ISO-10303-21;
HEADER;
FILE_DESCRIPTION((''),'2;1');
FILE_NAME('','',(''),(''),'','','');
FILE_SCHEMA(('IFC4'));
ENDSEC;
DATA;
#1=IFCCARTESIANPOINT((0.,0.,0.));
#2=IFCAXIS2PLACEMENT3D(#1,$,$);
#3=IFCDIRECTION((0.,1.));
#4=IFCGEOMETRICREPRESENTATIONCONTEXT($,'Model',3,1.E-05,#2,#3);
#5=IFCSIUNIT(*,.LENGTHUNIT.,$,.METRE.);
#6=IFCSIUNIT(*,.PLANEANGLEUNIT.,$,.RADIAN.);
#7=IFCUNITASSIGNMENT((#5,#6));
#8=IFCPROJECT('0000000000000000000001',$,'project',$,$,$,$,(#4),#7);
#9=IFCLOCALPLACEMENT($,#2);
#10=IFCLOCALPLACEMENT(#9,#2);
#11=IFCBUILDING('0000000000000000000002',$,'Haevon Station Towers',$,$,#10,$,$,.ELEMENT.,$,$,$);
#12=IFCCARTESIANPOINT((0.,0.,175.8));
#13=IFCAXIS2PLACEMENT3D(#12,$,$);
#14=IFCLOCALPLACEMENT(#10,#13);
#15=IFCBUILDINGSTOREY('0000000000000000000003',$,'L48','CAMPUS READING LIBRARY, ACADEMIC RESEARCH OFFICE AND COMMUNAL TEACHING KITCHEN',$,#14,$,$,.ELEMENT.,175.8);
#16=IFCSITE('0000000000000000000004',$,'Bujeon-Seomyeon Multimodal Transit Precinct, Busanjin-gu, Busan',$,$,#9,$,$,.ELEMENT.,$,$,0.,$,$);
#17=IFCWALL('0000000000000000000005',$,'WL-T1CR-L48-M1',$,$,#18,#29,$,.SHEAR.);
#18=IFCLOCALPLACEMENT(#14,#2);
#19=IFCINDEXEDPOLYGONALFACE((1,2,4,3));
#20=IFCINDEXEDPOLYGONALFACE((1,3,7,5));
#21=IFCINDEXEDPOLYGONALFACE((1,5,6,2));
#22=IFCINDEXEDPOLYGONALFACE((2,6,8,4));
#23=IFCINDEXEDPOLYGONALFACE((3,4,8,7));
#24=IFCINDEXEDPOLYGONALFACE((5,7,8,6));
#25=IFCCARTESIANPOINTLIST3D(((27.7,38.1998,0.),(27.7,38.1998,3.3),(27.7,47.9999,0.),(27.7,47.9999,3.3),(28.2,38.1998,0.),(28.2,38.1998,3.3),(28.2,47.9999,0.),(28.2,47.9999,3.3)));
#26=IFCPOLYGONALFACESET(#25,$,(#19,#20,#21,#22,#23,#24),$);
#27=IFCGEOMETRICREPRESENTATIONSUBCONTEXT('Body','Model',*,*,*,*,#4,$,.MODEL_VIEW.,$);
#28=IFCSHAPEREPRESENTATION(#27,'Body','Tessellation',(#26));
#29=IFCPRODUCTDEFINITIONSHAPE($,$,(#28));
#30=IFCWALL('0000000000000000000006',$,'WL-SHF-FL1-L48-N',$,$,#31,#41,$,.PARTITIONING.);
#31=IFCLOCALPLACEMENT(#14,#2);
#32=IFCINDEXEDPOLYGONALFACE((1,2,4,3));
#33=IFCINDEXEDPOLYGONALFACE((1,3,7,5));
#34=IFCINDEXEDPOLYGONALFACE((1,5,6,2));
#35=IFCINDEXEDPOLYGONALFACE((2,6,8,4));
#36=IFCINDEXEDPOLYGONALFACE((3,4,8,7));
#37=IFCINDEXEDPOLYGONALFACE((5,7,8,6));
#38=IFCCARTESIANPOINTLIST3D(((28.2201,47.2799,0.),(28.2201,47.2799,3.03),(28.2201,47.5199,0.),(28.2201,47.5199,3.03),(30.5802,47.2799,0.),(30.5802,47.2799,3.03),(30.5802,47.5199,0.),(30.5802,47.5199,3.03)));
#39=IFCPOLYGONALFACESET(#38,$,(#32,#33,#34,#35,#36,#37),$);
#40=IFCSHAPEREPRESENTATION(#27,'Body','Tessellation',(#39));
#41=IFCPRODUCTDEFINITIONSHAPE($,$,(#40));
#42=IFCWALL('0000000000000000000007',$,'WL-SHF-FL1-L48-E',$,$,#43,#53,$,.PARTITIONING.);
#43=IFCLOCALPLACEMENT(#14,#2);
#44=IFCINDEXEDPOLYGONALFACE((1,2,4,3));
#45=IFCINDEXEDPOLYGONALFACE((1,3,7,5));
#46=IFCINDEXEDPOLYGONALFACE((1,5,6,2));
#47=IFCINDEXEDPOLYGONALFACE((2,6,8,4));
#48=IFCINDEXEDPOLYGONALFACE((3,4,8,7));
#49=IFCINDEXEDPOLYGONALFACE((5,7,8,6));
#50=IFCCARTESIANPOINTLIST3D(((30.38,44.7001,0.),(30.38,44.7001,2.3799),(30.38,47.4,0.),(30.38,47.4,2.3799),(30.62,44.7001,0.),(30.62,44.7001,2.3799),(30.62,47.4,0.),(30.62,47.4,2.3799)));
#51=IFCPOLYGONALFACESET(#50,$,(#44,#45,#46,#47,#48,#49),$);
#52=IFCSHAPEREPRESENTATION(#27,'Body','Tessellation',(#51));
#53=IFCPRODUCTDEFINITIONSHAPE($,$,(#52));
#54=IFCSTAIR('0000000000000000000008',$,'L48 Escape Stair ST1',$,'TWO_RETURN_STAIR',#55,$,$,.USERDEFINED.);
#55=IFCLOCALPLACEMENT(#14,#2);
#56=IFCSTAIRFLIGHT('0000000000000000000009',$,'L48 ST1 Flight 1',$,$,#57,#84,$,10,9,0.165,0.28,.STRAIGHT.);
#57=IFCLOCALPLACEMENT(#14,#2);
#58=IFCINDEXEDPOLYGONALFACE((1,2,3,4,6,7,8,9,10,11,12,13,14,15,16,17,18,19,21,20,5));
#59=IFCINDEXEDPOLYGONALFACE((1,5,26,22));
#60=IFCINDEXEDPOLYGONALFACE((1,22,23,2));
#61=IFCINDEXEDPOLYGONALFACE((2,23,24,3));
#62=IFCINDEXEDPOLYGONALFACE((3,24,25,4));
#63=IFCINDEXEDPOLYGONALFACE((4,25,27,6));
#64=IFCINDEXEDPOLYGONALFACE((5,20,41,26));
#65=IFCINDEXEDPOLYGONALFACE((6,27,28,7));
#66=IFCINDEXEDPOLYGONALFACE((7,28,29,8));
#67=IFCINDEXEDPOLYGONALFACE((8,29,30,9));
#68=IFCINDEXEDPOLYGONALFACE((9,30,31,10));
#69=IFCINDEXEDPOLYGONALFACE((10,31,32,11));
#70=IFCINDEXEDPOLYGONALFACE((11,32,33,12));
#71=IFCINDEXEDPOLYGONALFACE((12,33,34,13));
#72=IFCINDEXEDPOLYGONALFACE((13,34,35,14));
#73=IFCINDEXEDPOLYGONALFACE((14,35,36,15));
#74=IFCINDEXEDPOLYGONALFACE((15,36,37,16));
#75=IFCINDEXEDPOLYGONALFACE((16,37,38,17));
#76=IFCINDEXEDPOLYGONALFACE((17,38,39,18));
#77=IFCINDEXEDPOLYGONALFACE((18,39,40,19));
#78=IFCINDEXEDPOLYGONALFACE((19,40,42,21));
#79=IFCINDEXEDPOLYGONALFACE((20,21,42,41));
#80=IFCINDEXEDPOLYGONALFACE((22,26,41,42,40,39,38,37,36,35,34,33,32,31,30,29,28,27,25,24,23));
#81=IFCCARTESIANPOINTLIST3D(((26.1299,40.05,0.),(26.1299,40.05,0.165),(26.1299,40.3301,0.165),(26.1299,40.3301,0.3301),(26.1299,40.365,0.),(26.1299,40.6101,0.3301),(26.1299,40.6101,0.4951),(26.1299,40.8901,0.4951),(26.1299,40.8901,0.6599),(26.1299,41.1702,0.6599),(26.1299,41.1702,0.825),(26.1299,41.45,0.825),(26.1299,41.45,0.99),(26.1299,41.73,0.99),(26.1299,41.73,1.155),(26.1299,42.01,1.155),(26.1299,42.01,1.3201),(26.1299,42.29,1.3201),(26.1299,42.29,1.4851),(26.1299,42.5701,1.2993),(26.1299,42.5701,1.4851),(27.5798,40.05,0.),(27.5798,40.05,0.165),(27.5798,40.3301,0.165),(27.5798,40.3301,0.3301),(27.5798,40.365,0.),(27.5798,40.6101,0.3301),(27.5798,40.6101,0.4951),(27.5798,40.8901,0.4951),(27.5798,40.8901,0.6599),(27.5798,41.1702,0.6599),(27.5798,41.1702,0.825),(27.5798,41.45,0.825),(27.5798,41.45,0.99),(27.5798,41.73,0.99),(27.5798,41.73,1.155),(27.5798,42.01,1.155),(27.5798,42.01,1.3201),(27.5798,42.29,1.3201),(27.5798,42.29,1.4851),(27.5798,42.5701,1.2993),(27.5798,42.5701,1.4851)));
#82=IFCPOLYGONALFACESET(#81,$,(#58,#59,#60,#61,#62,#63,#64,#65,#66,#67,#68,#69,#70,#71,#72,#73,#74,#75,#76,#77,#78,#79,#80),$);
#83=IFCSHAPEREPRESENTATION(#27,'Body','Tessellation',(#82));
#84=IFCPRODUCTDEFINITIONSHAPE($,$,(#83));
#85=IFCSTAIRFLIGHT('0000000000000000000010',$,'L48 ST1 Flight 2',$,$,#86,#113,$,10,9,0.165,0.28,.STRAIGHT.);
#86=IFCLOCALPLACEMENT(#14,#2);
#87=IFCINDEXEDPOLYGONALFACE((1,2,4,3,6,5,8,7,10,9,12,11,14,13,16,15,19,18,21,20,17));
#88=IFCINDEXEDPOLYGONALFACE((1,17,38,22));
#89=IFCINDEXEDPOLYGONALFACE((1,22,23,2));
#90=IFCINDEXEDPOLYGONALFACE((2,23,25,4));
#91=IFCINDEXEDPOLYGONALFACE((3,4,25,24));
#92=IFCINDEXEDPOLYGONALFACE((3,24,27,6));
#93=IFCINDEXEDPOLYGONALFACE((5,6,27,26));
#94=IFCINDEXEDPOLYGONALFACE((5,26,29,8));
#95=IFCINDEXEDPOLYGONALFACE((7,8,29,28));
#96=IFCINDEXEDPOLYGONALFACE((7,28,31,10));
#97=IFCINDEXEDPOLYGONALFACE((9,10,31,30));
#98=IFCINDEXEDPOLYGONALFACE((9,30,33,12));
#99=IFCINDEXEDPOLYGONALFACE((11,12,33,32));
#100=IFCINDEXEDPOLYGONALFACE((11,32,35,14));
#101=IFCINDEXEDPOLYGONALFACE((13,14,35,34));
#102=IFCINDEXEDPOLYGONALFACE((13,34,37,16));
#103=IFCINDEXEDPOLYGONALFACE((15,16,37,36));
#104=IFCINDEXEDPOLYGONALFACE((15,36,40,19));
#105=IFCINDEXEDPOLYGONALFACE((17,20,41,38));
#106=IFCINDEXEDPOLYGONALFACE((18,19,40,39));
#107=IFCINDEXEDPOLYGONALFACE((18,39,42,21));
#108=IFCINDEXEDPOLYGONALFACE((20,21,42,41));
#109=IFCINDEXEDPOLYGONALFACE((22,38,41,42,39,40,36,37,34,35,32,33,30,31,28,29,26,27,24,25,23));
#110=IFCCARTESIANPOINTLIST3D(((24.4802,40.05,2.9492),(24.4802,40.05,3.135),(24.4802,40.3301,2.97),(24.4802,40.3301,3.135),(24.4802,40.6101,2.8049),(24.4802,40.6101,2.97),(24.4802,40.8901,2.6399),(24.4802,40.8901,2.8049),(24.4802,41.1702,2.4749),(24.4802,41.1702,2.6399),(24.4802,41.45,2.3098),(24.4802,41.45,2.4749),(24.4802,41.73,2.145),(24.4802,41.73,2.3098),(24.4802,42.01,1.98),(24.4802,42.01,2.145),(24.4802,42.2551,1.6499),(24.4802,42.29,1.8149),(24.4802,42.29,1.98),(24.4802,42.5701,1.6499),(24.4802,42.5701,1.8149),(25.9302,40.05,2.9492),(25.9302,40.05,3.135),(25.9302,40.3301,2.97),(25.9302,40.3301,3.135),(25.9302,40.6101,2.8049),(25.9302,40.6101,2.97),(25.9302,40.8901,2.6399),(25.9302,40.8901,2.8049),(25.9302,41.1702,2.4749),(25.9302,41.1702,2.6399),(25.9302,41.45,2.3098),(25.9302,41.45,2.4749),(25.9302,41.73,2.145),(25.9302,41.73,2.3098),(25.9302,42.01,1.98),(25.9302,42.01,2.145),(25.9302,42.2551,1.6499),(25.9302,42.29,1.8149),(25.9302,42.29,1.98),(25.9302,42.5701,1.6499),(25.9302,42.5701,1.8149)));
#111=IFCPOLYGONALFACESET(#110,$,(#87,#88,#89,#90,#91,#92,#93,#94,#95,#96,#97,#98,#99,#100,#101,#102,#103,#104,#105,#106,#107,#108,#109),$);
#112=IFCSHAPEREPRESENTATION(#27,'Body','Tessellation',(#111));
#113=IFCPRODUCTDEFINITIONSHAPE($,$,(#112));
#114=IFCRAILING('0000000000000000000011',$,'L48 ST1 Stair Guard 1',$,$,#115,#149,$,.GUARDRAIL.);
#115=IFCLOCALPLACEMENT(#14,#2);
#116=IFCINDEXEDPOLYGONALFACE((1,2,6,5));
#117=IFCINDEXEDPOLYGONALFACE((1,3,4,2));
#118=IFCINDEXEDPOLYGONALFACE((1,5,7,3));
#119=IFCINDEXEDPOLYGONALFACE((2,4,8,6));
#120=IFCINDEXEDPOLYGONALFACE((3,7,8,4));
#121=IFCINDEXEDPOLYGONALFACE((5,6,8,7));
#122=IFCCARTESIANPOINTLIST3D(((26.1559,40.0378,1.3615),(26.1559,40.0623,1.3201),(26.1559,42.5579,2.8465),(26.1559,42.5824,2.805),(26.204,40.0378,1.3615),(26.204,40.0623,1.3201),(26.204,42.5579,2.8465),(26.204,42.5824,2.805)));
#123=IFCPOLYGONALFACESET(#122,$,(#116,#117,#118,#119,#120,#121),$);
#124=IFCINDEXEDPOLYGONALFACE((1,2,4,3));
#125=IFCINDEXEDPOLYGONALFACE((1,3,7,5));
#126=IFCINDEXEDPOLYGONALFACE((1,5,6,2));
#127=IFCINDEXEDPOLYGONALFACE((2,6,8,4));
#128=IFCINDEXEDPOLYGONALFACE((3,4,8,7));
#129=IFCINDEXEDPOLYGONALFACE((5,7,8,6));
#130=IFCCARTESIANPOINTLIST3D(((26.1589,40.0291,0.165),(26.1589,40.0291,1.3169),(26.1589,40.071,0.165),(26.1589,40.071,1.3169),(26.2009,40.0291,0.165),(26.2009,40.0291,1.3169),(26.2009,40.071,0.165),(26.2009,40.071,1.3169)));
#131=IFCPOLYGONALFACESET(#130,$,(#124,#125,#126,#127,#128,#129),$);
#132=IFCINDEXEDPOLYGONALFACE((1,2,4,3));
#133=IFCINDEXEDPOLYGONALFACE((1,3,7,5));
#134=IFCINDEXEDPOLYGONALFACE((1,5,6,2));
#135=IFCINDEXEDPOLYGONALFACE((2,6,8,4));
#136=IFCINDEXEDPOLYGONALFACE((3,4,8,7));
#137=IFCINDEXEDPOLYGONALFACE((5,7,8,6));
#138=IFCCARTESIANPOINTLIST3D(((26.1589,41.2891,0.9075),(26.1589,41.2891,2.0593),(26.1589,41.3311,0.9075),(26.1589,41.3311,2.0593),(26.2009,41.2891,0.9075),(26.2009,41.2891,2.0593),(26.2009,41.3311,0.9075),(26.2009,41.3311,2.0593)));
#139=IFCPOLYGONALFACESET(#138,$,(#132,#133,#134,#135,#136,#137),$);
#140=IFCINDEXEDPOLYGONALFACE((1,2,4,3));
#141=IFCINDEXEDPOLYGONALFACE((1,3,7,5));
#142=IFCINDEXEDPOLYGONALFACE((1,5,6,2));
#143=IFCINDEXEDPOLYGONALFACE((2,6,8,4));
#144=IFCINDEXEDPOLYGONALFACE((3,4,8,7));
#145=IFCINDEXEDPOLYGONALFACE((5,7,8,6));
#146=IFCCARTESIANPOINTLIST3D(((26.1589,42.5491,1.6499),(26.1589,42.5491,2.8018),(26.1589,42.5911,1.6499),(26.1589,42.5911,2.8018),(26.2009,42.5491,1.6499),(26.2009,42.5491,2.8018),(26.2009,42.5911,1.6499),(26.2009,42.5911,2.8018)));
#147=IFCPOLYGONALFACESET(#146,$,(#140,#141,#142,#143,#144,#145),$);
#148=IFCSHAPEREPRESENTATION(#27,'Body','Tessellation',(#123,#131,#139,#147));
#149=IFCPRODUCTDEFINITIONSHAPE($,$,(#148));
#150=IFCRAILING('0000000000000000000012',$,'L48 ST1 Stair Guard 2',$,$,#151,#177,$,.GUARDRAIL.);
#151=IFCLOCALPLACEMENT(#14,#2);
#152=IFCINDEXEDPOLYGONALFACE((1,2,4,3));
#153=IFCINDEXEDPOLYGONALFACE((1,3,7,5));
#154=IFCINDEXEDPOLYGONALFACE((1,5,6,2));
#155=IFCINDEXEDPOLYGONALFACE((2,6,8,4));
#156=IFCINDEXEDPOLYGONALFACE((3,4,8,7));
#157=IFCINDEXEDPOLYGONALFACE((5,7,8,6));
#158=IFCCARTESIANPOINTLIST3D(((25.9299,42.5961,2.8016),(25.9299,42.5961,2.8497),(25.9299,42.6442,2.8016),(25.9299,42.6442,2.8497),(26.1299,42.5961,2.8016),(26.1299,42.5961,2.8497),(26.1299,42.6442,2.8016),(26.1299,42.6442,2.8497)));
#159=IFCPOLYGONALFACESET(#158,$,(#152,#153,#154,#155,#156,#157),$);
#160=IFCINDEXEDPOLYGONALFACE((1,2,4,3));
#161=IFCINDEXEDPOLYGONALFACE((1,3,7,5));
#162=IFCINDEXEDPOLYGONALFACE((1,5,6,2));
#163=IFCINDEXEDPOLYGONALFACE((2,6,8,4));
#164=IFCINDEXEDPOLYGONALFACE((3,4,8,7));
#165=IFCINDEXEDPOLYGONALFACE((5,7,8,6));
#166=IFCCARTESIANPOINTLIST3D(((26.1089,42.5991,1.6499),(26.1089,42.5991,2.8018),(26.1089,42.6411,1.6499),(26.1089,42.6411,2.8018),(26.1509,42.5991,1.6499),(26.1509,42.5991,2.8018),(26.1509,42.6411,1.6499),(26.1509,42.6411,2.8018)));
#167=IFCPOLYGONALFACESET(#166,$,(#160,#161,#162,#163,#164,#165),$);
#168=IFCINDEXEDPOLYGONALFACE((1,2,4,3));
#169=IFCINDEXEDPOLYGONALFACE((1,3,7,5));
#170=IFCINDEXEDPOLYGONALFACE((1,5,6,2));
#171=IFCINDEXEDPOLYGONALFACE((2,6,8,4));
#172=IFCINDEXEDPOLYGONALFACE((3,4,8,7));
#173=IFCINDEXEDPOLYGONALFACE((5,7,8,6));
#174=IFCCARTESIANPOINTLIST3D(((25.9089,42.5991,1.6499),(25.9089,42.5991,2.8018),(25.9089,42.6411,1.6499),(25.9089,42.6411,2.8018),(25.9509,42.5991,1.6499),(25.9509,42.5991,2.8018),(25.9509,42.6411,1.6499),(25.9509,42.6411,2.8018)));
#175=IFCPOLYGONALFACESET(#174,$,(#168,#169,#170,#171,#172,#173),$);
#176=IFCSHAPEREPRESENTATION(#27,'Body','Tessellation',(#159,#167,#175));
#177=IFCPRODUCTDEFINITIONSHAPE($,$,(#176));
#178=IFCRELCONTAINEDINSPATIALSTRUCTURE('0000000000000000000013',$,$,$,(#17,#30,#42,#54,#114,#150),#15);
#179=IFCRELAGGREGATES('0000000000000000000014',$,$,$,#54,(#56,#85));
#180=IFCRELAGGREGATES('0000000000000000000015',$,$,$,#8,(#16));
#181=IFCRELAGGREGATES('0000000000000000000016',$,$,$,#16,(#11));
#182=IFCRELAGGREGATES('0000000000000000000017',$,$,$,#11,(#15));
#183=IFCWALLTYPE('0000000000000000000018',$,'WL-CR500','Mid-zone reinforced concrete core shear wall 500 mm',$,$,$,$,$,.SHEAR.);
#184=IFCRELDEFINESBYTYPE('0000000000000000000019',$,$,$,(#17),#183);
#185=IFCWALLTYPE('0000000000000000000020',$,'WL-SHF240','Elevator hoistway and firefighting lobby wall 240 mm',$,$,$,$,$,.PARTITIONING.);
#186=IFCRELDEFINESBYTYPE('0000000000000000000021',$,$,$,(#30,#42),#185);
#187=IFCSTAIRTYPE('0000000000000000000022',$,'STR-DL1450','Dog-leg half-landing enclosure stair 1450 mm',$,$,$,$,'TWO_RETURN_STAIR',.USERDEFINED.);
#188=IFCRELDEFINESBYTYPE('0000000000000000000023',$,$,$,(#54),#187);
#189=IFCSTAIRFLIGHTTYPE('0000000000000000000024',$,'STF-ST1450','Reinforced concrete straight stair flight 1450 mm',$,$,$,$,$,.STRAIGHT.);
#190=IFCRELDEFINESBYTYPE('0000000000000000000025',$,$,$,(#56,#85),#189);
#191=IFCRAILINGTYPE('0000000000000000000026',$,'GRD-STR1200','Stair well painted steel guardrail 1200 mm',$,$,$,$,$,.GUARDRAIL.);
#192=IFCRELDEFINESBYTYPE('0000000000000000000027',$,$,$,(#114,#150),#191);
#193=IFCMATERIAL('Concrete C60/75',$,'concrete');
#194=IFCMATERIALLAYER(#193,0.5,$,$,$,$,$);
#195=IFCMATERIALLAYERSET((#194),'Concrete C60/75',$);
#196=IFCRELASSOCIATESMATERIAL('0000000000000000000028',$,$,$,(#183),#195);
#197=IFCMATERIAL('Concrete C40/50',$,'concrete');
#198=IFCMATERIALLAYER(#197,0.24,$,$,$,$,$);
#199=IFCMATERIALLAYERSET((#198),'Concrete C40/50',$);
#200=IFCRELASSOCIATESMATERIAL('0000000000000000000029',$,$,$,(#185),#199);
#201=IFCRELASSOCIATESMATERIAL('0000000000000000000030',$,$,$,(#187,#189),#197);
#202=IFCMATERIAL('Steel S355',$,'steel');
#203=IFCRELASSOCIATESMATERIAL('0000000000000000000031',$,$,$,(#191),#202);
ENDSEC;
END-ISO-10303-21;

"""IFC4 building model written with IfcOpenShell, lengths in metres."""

from ifc_helpers import new_model, si_unit, direction, frame, frame_2d, origin, origin_2d, place, context, subcontext, project, spatial, polyline, rectangle, outline, extrude, material, layer, layer_set, type_object, element, aggregate, save


model = new_model("IFC4")

# Units and contexts
model_context = context("Model", 3, precision=1e-05, world=origin(), true_north=direction((0.0, 1.0)))
body_context = subcontext(model_context, "Body", "Model", "MODEL_VIEW")
ifc_project = project(units=[si_unit("LENGTHUNIT", "METRE"), si_unit("PLANEANGLEUNIT", "RADIAN")], contexts=[model_context])

# Site, building, storey
site_placement = place(None, origin())
site = spatial("IfcSite", under=ifc_project, at=site_placement, Name="Bujeon-Seomyeon Multimodal Transit Precinct, Busanjin-gu, Busan", CompositionType="ELEMENT", RefElevation=0.0)
building_placement = place(site_placement, origin())
building = spatial("IfcBuilding", under=site, at=building_placement, Name="Haevon Station Towers", CompositionType="ELEMENT")
storey_placement = place(building_placement, frame((0.0, 0.0, 175.8)))
storey = spatial("IfcBuildingStorey", under=building, at=storey_placement, Name="L48", Description="CAMPUS READING LIBRARY, ACADEMIC RESEARCH OFFICE AND COMMUNAL TEACHING KITCHEN", CompositionType="ELEMENT", Elevation=175.8)

# Shared definitions
ifc_material_1 = material(Name="Steel S355", Category="steel")

# Wall
ifc_material_2 = material(Name="Concrete C60/75", Category="concrete")
ifc_layer_1 = layer(ifc_material_2, 0.5)
ifc_layer_set_1 = layer_set([ifc_layer_1], Name="Concrete C60/75")
wall_type_1 = type_object("IfcWallType", Name="WL-CR500", Description="Mid-zone reinforced concrete core shear wall 500 mm", PredefinedType="SHEAR", material=ifc_layer_set_1)
wall_1_placement = place(storey_placement, frame((27.95, 38.2, 0.0), z_axis=(0.0, 0.0, 1.0), x_axis=(0.0, 1.0, 0.0)))
element("IfcWall", 1, at=wall_1_placement, inside=storey, type_object=wall_type_1, Name="WL-T1CR-L48-M1", PredefinedType="SHEAR", context=body_context, shape_type="SweptSolid", body=[
    extrude(rectangle(XDim=9.8, YDim=0.5, at=frame_2d((4.8999, 0.0))), origin(), (0.0, 0.0, 1.0), 3.3),
])

# Shared definitions
ifc_material_3 = material(Name="Concrete C40/50", Category="concrete")
ifc_layer_2 = layer(ifc_material_3, 0.24)
ifc_layer_set_2 = layer_set([ifc_layer_2], Name="Concrete C40/50")
wall_type_2 = type_object("IfcWallType", Name="WL-SHF240", Description="Elevator hoistway and firefighting lobby wall 240 mm", PredefinedType="PARTITIONING", material=ifc_layer_set_2)

# Walls
wall_2_placement = place(storey_placement, frame((28.22, 47.3999, 0.0), z_axis=(0.0, 0.0, 1.0), x_axis=(1.0, 0.0, 0.0)))
element("IfcWall", 2, at=wall_2_placement, inside=storey, type_object=wall_type_2, Name="WL-SHF-FL1-L48-N", PredefinedType="PARTITIONING", context=body_context, shape_type="SweptSolid", body=[
    extrude(rectangle(XDim=2.3601, YDim=0.24, at=frame_2d((1.1802, 0.0))), origin(), (0.0, 0.0, 1.0), 3.03),
])
wall_3_placement = place(storey_placement, frame((30.5, 44.7, 0.0), z_axis=(0.0, 0.0, 1.0), x_axis=(0.0, 1.0, 0.0)))
element("IfcWall", 3, at=wall_3_placement, inside=storey, type_object=wall_type_2, Name="WL-SHF-FL1-L48-E", PredefinedType="PARTITIONING", context=body_context, shape_type="SweptSolid", body=[
    extrude(rectangle(XDim=2.7, YDim=0.24, at=frame_2d((1.3501, 0.0))), origin(), (0.0, 0.0, 1.0), 2.3799),
])

# Stair, stair flights
stair_type = type_object("IfcStairType", Name="STR-DL1450", Description="Dog-leg half-landing enclosure stair 1450 mm", ElementType="TWO_RETURN_STAIR", PredefinedType="USERDEFINED", material=ifc_material_3)
stair_placement = place(storey_placement, origin())
stair = element("IfcStair", 4, at=stair_placement, inside=storey, type_object=stair_type, Name="L48 Escape Stair ST1", ObjectType="TWO_RETURN_STAIR", PredefinedType="USERDEFINED")
stair_flight_type = type_object("IfcStairFlightType", Name="STF-ST1450", Description="Reinforced concrete straight stair flight 1450 mm", PredefinedType="STRAIGHT", material=ifc_material_3)
stair_flight_1_placement = place(storey_placement, frame((26.855, 40.05, 0.0), z_axis=(0.0, 0.0, 1.0), x_axis=(0.0, 1.0, 0.0)))
stair_flight_1 = element("IfcStairFlight", 5, at=stair_flight_1_placement, type_object=stair_flight_type, Name="L48 ST1 Flight 1", NumberOfRisers=10, NumberOfTreads=9, PredefinedType="STRAIGHT", RiserHeight=0.165, TreadLength=0.28, context=body_context, shape_type="SweptSolid", body=[
    extrude(outline(polyline([(0.0, 0.0), (0.0, 0.165), (0.28, 0.165), (0.28, 0.3301), (0.5601, 0.3301), (0.5601, 0.4951), (0.8401, 0.4951), (0.8401, 0.6599), (1.1201, 0.6599), (1.1201, 0.825), (1.3999, 0.825), (1.3999, 0.99), (1.6799, 0.99), (1.6799, 1.155), (1.96, 1.155), (1.96, 1.3201), (2.24, 1.3201), (2.24, 1.4851), (2.52, 1.4851), (2.52, 1.6499), (2.52, 1.2993), (0.3149, 0.0), (0.0, 0.0)])), frame((0.0, 0.7251, 0.0), z_axis=(0.0, -1.0, 0.0), x_axis=(1.0, 0.0, 0.0)), (0.0, 0.0, 1.0), 1.45),
])
stair_flight_2_placement = place(storey_placement, frame((25.2051, 42.5701, 1.6499), z_axis=(0.0, 0.0, 1.0), x_axis=(0.0, -1.0, 0.0)))
stair_flight_2 = element("IfcStairFlight", 6, at=stair_flight_2_placement, type_object=stair_flight_type, Name="L48 ST1 Flight 2", NumberOfRisers=10, NumberOfTreads=9, PredefinedType="STRAIGHT", RiserHeight=0.165, TreadLength=0.28, context=body_context, shape_type="SweptSolid", body=[
    extrude(outline(polyline([(0.0, 0.0), (0.0, 0.165), (0.28, 0.165), (0.28, 0.3301), (0.5601, 0.3301), (0.5601, 0.4951), (0.8401, 0.4951), (0.8401, 0.6599), (1.1201, 0.6599), (1.1201, 0.825), (1.3999, 0.825), (1.3999, 0.99), (1.6799, 0.99), (1.6799, 1.155), (1.96, 1.155), (1.96, 1.3201), (2.24, 1.3201), (2.24, 1.4851), (2.52, 1.4851), (2.52, 1.6499), (2.52, 1.2993), (0.3149, 0.0), (0.0, 0.0)])), frame((0.0, 0.7251, 0.0), z_axis=(0.0, -1.0, 0.0), x_axis=(1.0, 0.0, 0.0)), (0.0, 0.0, 1.0), 1.45),
])
aggregate(stair, [stair_flight_1, stair_flight_2])

# Railings
railing_type_1 = type_object("IfcRailingType", Name="GRD-STR1200", Description="Stair well painted steel guardrail 1200 mm", PredefinedType="GUARDRAIL", material=ifc_material_1)
railing_1_placement = place(storey_placement, frame((26.1799, 40.05, 0.165)))
element("IfcRailing", 7, at=railing_1_placement, inside=storey, type_object=railing_type_1, Name="L48 ST1 Stair Guard 1", PredefinedType="GUARDRAIL", context=body_context, shape_type="SweptSolid", body=[
    extrude(rectangle(XDim=0.0481, YDim=0.0481, at=origin_2d()), frame((0.0, 0.0, 1.1758), z_axis=(0.0, 0.861561, 0.507655), x_axis=(-1.0, 0.0, 0.0)), (0.0, 0.0, 1.0), 2.925),
    extrude(rectangle(XDim=0.042, YDim=0.042, at=origin_2d()), origin(), (0.0, 0.0, 1.0), 1.1519),
    extrude(rectangle(XDim=0.042, YDim=0.042, at=origin_2d()), frame((0.0, 1.26, 0.7424)), (0.0, 0.0, 1.0), 1.1519),
    extrude(rectangle(XDim=0.042, YDim=0.042, at=origin_2d()), frame((0.0, 2.52, 1.4849)), (0.0, 0.0, 1.0), 1.1519),
])
railing_2_placement = place(storey_placement, frame((26.1299, 42.6201, 1.6499)))
element("IfcRailing", 8, at=railing_2_placement, inside=storey, type_object=railing_type_1, Name="L48 ST1 Stair Guard 2", PredefinedType="GUARDRAIL", context=body_context, shape_type="SweptSolid", body=[
    extrude(rectangle(XDim=0.0481, YDim=0.0481, at=origin_2d()), frame((0.0, 0.0, 1.1758), z_axis=(-1.0, 0.0, 0.0), x_axis=(0.0, -1.0, 0.0)), (0.0, 0.0, 1.0), 0.2),
    extrude(rectangle(XDim=0.042, YDim=0.042, at=origin_2d()), origin(), (0.0, 0.0, 1.0), 1.1519),
    extrude(rectangle(XDim=0.042, YDim=0.042, at=origin_2d()), frame((-0.2, 0.0, 0.0)), (0.0, 0.0, 1.0), 1.1519),
])

save(model, "model.ifc")
